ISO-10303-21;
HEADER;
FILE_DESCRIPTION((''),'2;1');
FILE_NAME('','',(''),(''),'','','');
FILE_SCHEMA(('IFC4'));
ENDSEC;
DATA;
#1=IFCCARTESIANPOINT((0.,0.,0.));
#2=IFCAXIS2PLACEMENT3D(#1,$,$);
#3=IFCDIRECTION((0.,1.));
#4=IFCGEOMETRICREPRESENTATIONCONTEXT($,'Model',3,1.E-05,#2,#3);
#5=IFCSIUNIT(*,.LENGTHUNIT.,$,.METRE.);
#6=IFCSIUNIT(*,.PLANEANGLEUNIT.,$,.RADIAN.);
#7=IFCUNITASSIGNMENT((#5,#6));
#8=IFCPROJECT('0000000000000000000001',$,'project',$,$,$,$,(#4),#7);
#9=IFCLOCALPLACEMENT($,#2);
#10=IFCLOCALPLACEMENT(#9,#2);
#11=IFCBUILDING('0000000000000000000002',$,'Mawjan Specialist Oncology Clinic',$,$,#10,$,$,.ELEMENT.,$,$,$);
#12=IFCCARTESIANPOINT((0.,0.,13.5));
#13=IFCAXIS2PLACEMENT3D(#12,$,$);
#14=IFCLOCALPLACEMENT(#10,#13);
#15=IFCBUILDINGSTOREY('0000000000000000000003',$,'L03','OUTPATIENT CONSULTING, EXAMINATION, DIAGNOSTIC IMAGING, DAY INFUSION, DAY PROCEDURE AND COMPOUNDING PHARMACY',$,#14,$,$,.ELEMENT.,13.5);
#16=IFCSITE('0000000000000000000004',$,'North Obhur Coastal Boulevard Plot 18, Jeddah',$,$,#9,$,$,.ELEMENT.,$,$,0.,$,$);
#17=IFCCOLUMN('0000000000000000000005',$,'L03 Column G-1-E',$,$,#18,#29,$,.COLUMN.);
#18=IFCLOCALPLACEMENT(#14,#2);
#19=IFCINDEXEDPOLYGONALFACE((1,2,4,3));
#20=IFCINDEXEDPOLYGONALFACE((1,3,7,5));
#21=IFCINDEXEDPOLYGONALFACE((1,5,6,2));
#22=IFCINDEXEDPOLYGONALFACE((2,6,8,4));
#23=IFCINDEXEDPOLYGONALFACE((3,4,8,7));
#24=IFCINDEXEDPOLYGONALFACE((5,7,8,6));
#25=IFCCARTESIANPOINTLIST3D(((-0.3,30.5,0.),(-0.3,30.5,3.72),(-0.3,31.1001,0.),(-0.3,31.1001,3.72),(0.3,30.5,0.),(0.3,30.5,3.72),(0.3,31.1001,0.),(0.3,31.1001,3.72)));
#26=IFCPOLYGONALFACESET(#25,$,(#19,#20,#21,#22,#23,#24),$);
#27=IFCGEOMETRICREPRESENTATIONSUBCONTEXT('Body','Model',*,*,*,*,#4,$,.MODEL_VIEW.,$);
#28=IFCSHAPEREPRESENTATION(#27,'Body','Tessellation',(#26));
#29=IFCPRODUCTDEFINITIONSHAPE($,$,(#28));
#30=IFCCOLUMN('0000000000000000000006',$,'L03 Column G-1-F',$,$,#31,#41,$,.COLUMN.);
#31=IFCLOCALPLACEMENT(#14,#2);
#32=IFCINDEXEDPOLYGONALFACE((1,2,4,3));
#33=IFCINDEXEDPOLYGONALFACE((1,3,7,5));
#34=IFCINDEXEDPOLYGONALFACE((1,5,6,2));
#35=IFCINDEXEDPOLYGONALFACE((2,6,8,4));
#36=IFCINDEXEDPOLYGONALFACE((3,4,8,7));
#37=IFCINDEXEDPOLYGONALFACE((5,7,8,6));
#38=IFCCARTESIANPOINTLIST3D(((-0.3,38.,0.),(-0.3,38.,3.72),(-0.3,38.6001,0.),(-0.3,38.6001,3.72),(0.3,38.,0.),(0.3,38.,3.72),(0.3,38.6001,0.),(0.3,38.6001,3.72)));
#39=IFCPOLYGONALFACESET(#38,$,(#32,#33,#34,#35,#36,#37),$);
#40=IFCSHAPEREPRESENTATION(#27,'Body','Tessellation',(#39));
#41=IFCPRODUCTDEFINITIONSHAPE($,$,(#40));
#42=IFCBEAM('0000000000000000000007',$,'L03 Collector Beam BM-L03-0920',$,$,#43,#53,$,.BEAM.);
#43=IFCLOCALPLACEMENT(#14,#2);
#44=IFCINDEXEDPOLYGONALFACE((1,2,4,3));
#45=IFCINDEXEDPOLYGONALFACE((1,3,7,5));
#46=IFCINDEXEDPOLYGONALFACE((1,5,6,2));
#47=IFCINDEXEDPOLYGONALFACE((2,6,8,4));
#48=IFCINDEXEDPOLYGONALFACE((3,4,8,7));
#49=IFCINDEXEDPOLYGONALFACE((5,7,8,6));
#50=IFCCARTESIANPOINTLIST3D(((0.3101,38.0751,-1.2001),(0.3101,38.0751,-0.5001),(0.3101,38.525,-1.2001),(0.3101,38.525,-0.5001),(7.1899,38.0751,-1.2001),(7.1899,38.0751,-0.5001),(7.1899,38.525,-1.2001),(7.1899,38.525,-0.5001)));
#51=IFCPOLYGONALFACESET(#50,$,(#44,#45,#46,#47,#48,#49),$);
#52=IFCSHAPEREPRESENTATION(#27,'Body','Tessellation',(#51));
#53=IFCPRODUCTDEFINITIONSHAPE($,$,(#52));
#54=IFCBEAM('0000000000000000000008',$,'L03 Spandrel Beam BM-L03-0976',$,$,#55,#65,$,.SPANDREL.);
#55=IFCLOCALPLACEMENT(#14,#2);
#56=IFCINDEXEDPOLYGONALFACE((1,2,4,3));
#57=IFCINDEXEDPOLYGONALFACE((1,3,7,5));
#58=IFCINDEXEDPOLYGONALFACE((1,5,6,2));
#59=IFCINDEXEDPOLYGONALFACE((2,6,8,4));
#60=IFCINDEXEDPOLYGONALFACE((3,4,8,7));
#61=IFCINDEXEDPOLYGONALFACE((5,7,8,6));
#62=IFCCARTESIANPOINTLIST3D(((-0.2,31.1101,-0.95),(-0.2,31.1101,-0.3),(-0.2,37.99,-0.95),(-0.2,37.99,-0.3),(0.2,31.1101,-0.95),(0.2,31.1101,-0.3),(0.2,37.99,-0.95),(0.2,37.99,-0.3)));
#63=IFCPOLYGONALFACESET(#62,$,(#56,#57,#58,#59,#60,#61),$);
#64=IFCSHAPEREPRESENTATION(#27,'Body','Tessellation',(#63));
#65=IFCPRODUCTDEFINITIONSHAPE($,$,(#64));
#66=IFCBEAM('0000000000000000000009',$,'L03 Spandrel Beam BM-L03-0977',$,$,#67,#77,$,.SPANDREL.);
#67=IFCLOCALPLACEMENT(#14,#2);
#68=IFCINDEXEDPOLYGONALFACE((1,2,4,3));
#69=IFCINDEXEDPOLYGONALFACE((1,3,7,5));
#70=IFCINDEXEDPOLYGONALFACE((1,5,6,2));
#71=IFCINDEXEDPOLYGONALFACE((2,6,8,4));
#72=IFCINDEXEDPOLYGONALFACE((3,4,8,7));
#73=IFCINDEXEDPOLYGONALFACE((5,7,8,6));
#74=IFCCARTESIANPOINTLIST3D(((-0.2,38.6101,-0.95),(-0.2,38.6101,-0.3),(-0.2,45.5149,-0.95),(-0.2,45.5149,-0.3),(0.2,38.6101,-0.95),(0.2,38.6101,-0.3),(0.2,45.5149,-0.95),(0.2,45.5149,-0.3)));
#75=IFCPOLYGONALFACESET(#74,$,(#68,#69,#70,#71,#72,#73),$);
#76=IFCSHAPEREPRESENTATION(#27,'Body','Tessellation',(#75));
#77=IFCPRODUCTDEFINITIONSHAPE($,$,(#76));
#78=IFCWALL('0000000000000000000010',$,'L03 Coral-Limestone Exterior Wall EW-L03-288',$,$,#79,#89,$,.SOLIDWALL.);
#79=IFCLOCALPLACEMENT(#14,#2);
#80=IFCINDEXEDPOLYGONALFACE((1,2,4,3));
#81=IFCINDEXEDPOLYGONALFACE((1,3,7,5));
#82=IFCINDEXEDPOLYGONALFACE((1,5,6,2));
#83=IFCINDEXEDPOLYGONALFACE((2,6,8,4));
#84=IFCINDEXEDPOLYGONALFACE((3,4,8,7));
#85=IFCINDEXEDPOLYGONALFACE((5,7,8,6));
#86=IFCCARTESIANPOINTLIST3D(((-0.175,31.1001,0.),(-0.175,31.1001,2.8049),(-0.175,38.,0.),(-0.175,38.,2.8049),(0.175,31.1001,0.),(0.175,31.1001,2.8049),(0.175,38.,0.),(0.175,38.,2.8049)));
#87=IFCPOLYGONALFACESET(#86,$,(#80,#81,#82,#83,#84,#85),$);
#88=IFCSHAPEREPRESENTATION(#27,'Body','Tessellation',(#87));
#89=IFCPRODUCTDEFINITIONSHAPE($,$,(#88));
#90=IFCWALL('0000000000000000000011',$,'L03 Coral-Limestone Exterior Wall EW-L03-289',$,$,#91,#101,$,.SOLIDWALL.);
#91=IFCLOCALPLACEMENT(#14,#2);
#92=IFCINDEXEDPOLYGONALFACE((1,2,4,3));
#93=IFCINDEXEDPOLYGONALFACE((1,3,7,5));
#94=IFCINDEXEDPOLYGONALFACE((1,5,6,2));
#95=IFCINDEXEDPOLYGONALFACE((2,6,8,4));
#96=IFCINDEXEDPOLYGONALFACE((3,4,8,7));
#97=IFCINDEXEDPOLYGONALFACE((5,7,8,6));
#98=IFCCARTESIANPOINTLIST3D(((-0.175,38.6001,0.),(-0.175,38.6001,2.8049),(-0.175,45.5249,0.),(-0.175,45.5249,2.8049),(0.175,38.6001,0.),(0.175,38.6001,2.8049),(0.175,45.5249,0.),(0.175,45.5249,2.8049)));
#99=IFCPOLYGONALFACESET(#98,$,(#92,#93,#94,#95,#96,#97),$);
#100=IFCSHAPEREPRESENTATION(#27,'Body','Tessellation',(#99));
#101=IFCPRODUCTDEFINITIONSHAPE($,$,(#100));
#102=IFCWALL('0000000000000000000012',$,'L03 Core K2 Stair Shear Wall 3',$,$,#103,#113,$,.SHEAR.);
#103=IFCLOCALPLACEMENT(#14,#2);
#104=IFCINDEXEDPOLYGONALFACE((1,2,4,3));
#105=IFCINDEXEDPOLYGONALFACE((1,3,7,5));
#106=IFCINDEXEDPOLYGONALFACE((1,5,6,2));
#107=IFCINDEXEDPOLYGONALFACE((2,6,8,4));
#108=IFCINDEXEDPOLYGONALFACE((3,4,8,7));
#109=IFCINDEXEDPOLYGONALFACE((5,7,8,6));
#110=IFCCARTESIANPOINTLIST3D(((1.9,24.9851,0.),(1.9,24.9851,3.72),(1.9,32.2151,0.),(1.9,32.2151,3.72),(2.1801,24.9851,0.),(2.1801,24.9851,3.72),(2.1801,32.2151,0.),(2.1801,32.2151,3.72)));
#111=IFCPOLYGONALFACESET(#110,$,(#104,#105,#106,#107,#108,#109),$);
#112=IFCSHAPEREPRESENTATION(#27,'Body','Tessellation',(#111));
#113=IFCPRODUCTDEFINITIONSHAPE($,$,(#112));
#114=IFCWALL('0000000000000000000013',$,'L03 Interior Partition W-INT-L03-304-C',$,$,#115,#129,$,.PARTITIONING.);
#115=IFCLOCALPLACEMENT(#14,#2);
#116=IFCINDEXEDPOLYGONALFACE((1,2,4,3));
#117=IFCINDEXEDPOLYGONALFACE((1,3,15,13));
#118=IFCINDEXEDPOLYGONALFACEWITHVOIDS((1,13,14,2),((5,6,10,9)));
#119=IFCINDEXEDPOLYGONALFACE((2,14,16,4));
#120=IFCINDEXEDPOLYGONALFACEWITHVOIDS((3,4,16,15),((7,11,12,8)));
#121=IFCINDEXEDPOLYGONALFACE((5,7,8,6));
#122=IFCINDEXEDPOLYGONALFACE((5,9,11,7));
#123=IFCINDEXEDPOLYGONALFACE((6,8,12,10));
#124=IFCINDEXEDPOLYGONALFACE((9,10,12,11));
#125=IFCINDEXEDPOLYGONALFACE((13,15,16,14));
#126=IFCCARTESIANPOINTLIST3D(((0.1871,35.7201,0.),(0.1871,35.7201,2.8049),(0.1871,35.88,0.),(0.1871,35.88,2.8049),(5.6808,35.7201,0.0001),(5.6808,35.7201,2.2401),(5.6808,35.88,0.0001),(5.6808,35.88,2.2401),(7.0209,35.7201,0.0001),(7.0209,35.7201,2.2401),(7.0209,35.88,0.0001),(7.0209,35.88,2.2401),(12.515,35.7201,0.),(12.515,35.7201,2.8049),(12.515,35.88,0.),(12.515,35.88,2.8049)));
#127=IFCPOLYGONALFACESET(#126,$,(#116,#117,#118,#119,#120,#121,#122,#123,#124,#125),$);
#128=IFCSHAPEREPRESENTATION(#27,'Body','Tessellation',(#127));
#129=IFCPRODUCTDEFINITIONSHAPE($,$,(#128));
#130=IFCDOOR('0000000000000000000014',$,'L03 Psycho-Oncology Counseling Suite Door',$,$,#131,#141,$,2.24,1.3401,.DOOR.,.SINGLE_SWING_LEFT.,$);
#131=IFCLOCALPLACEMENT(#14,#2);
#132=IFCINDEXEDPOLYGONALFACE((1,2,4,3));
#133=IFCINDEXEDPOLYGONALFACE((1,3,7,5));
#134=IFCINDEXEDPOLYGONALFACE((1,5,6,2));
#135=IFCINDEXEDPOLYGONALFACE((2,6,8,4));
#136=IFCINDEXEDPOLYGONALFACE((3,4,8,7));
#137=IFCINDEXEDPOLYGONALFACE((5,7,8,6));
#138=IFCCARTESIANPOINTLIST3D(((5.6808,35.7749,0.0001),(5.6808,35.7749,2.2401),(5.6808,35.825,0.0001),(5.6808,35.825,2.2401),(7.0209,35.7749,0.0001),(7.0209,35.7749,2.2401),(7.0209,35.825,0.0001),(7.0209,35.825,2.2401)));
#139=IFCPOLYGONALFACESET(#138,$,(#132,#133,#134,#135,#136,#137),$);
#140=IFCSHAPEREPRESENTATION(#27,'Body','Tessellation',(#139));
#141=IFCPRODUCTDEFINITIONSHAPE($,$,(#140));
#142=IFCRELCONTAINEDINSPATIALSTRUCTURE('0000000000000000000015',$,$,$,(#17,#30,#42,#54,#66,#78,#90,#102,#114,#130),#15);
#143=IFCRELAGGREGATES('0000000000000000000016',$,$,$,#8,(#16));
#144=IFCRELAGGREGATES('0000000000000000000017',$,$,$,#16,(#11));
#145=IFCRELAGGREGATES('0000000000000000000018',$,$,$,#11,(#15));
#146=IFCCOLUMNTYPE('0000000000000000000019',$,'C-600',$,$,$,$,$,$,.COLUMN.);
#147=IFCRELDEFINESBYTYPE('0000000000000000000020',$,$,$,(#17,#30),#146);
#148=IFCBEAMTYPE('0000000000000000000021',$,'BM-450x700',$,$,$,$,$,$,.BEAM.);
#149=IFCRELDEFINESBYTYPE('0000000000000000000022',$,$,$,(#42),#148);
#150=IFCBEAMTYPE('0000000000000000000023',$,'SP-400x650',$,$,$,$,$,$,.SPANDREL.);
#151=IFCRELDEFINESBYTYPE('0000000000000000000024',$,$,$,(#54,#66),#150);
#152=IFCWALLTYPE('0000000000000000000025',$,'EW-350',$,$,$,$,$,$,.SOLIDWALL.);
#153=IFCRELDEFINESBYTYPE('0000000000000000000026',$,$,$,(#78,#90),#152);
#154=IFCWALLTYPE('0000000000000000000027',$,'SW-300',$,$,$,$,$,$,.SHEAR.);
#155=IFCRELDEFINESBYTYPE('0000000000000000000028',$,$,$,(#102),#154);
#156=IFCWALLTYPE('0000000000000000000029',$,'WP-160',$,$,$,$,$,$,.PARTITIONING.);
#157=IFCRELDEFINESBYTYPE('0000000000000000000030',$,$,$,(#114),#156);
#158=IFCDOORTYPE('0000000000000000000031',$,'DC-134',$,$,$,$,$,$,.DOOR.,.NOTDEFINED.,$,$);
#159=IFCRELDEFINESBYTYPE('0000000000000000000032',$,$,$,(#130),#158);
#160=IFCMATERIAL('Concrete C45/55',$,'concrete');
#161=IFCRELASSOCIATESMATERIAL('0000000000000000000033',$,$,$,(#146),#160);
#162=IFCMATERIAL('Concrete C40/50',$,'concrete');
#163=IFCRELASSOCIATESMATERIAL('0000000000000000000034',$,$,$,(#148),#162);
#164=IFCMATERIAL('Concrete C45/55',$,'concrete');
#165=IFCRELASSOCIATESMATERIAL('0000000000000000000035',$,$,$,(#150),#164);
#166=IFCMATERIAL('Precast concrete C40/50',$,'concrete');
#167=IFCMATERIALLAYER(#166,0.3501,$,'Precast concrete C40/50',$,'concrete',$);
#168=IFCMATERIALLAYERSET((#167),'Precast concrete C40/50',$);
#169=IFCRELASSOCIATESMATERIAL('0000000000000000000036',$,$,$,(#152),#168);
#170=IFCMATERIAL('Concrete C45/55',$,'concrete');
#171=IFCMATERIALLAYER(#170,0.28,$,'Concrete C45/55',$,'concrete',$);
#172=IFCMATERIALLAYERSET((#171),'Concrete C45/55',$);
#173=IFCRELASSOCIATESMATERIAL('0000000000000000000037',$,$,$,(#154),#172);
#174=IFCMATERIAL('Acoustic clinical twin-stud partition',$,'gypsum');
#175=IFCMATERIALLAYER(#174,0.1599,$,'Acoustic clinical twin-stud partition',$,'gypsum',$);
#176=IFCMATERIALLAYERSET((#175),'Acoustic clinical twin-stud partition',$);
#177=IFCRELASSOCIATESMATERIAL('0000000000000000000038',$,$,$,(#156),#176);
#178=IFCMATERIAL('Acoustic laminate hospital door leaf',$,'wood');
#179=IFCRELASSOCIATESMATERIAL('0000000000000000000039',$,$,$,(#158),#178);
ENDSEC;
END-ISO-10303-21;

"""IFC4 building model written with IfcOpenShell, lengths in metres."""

from ifc_helpers import new_model, si_unit, direction, frame, frame_2d, origin, origin_2d, place, context, subcontext, project, spatial, rectangle, extrude, material, layer, layer_set, material_profile, profile_set, type_object, element, fill, save


model = new_model("IFC4")

# Units and contexts
model_context = context("Model", 3, precision=1e-05, world=origin(), true_north=direction((0.0, 1.0)))
body_context = subcontext(model_context, "Body", "Model", "MODEL_VIEW")
ifc_project = project(units=[si_unit("LENGTHUNIT", "METRE"), si_unit("PLANEANGLEUNIT", "RADIAN")], contexts=[model_context])

# Site, building, storey
site_placement = place(None, origin())
site = spatial("IfcSite", under=ifc_project, at=site_placement, Name="North Obhur Coastal Boulevard Plot 18, Jeddah", CompositionType="ELEMENT", RefElevation=0.0)
building_placement = place(site_placement, origin())
building = spatial("IfcBuilding", under=site, at=building_placement, Name="Mawjan Specialist Oncology Clinic", CompositionType="ELEMENT")
storey_placement = place(building_placement, frame((0.0, 0.0, 13.5)))
storey = spatial("IfcBuildingStorey", under=building, at=storey_placement, Name="L03", Description="OUTPATIENT CONSULTING, EXAMINATION, DIAGNOSTIC IMAGING, DAY INFUSION, DAY PROCEDURE AND COMPOUNDING PHARMACY", CompositionType="ELEMENT", Elevation=13.5)

# Columns
ifc_material_1 = material(Name="Concrete C45/55", Category="concrete")
ifc_material_profile_1 = material_profile(ifc_material_1, rectangle(XDim=0.6001, YDim=0.6001, at=origin_2d()), Name="RC COL 600x600", Category="concrete")
ifc_profile_set_1 = profile_set([ifc_material_profile_1], Name="Concrete C45/55")
column_type = type_object("IfcColumnType", Name="C-600", PredefinedType="COLUMN", material=ifc_profile_set_1)
for number, where, z_axis, x_axis, name in (
    (1, (0.0, 30.8, 0.0), (0.0, 0.0, 1.0), (1.0, 0.0, 0.0), "L03 Column G-1-E"),
    (2, (0.0, 38.3, 0.0), (0.0, 0.0, 1.0), (1.0, 0.0, 0.0), "L03 Column G-1-F"),
):
    element("IfcColumn", number, at=place(storey_placement, frame(where, z_axis=z_axis, x_axis=x_axis)), inside=storey, type_object=column_type, Name=name, PredefinedType="COLUMN", context=body_context, shape_type="SweptSolid", body=[
        extrude(rectangle(XDim=0.6001, YDim=0.6001, at=origin_2d()), origin(), (0.0, 0.0, 1.0), 3.72),
    ])

# Beams
ifc_material_2 = material(Name="Concrete C40/50", Category="concrete")
ifc_material_profile_2 = material_profile(ifc_material_2, rectangle(XDim=0.45, YDim=0.7, at=origin_2d()), Name="RC BM 450x700", Category="concrete")
ifc_profile_set_2 = profile_set([ifc_material_profile_2], Name="Concrete C40/50")
beam_type_1 = type_object("IfcBeamType", Name="BM-450x700", PredefinedType="BEAM", material=ifc_profile_set_2)
beam_1_placement = place(storey_placement, frame((0.3101, 38.3, -0.8501), z_axis=(1.0, 0.0, 0.0), x_axis=(0.0, 1.0, 0.0)))
element("IfcBeam", 3, at=beam_1_placement, inside=storey, type_object=beam_type_1, Name="L03 Collector Beam BM-L03-0920", PredefinedType="BEAM", context=body_context, shape_type="SweptSolid", body=[
    extrude(rectangle(XDim=0.45, YDim=0.7, at=origin_2d()), origin(), (0.0, 0.0, 1.0), 6.8799),
])
ifc_material_3 = material(Name="Concrete C45/55", Category="concrete")
ifc_material_profile_3 = material_profile(ifc_material_3, rectangle(XDim=0.3999, YDim=0.6499, at=origin_2d()), Name="RC BM 400x650", Category="concrete")
ifc_profile_set_3 = profile_set([ifc_material_profile_3], Name="Concrete C45/55")
beam_type_2 = type_object("IfcBeamType", Name="SP-400x650", PredefinedType="SPANDREL", material=ifc_profile_set_3)
beam_2_placement = place(storey_placement, frame((0.0, 31.1101, -0.625), z_axis=(0.0, 1.0, 0.0), x_axis=(-1.0, 0.0, 0.0)))
element("IfcBeam", 4, at=beam_2_placement, inside=storey, type_object=beam_type_2, Name="L03 Spandrel Beam BM-L03-0976", PredefinedType="SPANDREL", context=body_context, shape_type="SweptSolid", body=[
    extrude(rectangle(XDim=0.3999, YDim=0.6499, at=origin_2d()), origin(), (0.0, 0.0, 1.0), 6.8799),
])
beam_3_placement = place(storey_placement, frame((0.0, 38.6101, -0.625), z_axis=(0.0, 1.0, 0.0), x_axis=(-1.0, 0.0, 0.0)))
element("IfcBeam", 5, at=beam_3_placement, inside=storey, type_object=beam_type_2, Name="L03 Spandrel Beam BM-L03-0977", PredefinedType="SPANDREL", context=body_context, shape_type="SweptSolid", body=[
    extrude(rectangle(XDim=0.3999, YDim=0.6499, at=origin_2d()), origin(), (0.0, 0.0, 1.0), 6.9048),
])

# Walls
ifc_material_4 = material(Name="Precast concrete C40/50", Category="concrete")
ifc_layer_1 = layer(ifc_material_4, 0.3501, Name="Precast concrete C40/50", Category="concrete")
ifc_layer_set_1 = layer_set([ifc_layer_1], Name="Precast concrete C40/50")
wall_type_1 = type_object("IfcWallType", Name="EW-350", PredefinedType="SOLIDWALL", material=ifc_layer_set_1)
wall_1_placement = place(storey_placement, frame((0.0, 31.1001, 0.0), z_axis=(0.0, 0.0, 1.0), x_axis=(0.0, 1.0, 0.0)))
element("IfcWall", 6, at=wall_1_placement, inside=storey, type_object=wall_type_1, Name="L03 Coral-Limestone Exterior Wall EW-L03-288", PredefinedType="SOLIDWALL", context=body_context, shape_type="SweptSolid", body=[
    extrude(rectangle(XDim=6.8999, YDim=0.3501, at=frame_2d((3.45, 0.0))), origin(), (0.0, 0.0, 1.0), 2.8049),
])
wall_2_placement = place(storey_placement, frame((0.0, 38.6001, 0.0), z_axis=(0.0, 0.0, 1.0), x_axis=(0.0, 1.0, 0.0)))
element("IfcWall", 7, at=wall_2_placement, inside=storey, type_object=wall_type_1, Name="L03 Coral-Limestone Exterior Wall EW-L03-289", PredefinedType="SOLIDWALL", context=body_context, shape_type="SweptSolid", body=[
    extrude(rectangle(XDim=6.9248, YDim=0.3501, at=frame_2d((3.4624, 0.0))), origin(), (0.0, 0.0, 1.0), 2.8049),
])
ifc_material_5 = material(Name="Concrete C45/55", Category="concrete")
ifc_layer_2 = layer(ifc_material_5, 0.28, Name="Concrete C45/55", Category="concrete")
ifc_layer_set_2 = layer_set([ifc_layer_2], Name="Concrete C45/55")
wall_type_2 = type_object("IfcWallType", Name="SW-300", PredefinedType="SHEAR", material=ifc_layer_set_2)
wall_3_placement = place(storey_placement, frame((2.04, 32.2151, 0.0), z_axis=(0.0, 0.0, 1.0), x_axis=(0.0, -1.0, 0.0)))
element("IfcWall", 8, at=wall_3_placement, inside=storey, type_object=wall_type_2, Name="L03 Core K2 Stair Shear Wall 3", PredefinedType="SHEAR", context=body_context, shape_type="SweptSolid", body=[
    extrude(rectangle(XDim=7.23, YDim=0.28, at=frame_2d((3.615, 0.0))), origin(), (0.0, 0.0, 1.0), 3.72),
])

# Wall, opening, door
ifc_material_6 = material(Name="Acoustic clinical twin-stud partition", Category="gypsum")
ifc_layer_3 = layer(ifc_material_6, 0.1599, Name="Acoustic clinical twin-stud partition", Category="gypsum")
ifc_layer_set_3 = layer_set([ifc_layer_3], Name="Acoustic clinical twin-stud partition")
wall_type_3 = type_object("IfcWallType", Name="WP-160", PredefinedType="PARTITIONING", material=ifc_layer_set_3)
wall_4_placement = place(storey_placement, frame((0.187, 35.8, 0.0), z_axis=(0.0, 0.0, 1.0), x_axis=(1.0, 0.0, 0.0)))
wall_4 = element("IfcWall", 9, at=wall_4_placement, inside=storey, type_object=wall_type_3, Name="L03 Interior Partition W-INT-L03-304-C", PredefinedType="PARTITIONING", context=body_context, shape_type="SweptSolid", body=[
    extrude(rectangle(XDim=12.3279, YDim=0.1599, at=frame_2d((6.1641, 0.0))), origin(), (0.0, 0.0, 1.0), 2.8049),
])
opening_placement = place(wall_4_placement, frame((5.4939, 0.0, 0.0)))
opening = element("IfcOpeningElement", 10, at=opening_placement, cuts=wall_4, PredefinedType="OPENING", context=body_context, shape_type="SweptSolid", body=[
    extrude(rectangle(XDim=1.3401, YDim=2.24, at=frame_2d((0.6699, 1.1201))), frame((0.0, 0.092, 0.0), z_axis=(0.0, -1.0, 0.0), x_axis=(1.0, 0.0, 0.0)), (0.0, 0.0, 1.0), 0.1838),
])
ifc_material_7 = material(Name="Acoustic laminate hospital door leaf", Category="wood")
door_type = type_object("IfcDoorType", Name="DC-134", OperationType="NOTDEFINED", PredefinedType="DOOR", material=ifc_material_7)
door_placement = place(opening_placement, origin())
door = element("IfcDoor", 11, at=door_placement, inside=storey, type_object=door_type, Name="L03 Psycho-Oncology Counseling Suite Door", OperationType="SINGLE_SWING_LEFT", OverallHeight=2.24, OverallWidth=1.3401, PredefinedType="DOOR", context=body_context, shape_type="SweptSolid", body=[
    extrude(rectangle(XDim=1.3401, YDim=2.24, at=frame_2d((0.6699, 1.1201))), frame((0.0, 0.0249, 0.0), z_axis=(0.0, -1.0, 0.0), x_axis=(1.0, 0.0, 0.0)), (0.0, 0.0, 1.0), 0.05),
])
fill(opening, door)

save(model, "model.ifc")
